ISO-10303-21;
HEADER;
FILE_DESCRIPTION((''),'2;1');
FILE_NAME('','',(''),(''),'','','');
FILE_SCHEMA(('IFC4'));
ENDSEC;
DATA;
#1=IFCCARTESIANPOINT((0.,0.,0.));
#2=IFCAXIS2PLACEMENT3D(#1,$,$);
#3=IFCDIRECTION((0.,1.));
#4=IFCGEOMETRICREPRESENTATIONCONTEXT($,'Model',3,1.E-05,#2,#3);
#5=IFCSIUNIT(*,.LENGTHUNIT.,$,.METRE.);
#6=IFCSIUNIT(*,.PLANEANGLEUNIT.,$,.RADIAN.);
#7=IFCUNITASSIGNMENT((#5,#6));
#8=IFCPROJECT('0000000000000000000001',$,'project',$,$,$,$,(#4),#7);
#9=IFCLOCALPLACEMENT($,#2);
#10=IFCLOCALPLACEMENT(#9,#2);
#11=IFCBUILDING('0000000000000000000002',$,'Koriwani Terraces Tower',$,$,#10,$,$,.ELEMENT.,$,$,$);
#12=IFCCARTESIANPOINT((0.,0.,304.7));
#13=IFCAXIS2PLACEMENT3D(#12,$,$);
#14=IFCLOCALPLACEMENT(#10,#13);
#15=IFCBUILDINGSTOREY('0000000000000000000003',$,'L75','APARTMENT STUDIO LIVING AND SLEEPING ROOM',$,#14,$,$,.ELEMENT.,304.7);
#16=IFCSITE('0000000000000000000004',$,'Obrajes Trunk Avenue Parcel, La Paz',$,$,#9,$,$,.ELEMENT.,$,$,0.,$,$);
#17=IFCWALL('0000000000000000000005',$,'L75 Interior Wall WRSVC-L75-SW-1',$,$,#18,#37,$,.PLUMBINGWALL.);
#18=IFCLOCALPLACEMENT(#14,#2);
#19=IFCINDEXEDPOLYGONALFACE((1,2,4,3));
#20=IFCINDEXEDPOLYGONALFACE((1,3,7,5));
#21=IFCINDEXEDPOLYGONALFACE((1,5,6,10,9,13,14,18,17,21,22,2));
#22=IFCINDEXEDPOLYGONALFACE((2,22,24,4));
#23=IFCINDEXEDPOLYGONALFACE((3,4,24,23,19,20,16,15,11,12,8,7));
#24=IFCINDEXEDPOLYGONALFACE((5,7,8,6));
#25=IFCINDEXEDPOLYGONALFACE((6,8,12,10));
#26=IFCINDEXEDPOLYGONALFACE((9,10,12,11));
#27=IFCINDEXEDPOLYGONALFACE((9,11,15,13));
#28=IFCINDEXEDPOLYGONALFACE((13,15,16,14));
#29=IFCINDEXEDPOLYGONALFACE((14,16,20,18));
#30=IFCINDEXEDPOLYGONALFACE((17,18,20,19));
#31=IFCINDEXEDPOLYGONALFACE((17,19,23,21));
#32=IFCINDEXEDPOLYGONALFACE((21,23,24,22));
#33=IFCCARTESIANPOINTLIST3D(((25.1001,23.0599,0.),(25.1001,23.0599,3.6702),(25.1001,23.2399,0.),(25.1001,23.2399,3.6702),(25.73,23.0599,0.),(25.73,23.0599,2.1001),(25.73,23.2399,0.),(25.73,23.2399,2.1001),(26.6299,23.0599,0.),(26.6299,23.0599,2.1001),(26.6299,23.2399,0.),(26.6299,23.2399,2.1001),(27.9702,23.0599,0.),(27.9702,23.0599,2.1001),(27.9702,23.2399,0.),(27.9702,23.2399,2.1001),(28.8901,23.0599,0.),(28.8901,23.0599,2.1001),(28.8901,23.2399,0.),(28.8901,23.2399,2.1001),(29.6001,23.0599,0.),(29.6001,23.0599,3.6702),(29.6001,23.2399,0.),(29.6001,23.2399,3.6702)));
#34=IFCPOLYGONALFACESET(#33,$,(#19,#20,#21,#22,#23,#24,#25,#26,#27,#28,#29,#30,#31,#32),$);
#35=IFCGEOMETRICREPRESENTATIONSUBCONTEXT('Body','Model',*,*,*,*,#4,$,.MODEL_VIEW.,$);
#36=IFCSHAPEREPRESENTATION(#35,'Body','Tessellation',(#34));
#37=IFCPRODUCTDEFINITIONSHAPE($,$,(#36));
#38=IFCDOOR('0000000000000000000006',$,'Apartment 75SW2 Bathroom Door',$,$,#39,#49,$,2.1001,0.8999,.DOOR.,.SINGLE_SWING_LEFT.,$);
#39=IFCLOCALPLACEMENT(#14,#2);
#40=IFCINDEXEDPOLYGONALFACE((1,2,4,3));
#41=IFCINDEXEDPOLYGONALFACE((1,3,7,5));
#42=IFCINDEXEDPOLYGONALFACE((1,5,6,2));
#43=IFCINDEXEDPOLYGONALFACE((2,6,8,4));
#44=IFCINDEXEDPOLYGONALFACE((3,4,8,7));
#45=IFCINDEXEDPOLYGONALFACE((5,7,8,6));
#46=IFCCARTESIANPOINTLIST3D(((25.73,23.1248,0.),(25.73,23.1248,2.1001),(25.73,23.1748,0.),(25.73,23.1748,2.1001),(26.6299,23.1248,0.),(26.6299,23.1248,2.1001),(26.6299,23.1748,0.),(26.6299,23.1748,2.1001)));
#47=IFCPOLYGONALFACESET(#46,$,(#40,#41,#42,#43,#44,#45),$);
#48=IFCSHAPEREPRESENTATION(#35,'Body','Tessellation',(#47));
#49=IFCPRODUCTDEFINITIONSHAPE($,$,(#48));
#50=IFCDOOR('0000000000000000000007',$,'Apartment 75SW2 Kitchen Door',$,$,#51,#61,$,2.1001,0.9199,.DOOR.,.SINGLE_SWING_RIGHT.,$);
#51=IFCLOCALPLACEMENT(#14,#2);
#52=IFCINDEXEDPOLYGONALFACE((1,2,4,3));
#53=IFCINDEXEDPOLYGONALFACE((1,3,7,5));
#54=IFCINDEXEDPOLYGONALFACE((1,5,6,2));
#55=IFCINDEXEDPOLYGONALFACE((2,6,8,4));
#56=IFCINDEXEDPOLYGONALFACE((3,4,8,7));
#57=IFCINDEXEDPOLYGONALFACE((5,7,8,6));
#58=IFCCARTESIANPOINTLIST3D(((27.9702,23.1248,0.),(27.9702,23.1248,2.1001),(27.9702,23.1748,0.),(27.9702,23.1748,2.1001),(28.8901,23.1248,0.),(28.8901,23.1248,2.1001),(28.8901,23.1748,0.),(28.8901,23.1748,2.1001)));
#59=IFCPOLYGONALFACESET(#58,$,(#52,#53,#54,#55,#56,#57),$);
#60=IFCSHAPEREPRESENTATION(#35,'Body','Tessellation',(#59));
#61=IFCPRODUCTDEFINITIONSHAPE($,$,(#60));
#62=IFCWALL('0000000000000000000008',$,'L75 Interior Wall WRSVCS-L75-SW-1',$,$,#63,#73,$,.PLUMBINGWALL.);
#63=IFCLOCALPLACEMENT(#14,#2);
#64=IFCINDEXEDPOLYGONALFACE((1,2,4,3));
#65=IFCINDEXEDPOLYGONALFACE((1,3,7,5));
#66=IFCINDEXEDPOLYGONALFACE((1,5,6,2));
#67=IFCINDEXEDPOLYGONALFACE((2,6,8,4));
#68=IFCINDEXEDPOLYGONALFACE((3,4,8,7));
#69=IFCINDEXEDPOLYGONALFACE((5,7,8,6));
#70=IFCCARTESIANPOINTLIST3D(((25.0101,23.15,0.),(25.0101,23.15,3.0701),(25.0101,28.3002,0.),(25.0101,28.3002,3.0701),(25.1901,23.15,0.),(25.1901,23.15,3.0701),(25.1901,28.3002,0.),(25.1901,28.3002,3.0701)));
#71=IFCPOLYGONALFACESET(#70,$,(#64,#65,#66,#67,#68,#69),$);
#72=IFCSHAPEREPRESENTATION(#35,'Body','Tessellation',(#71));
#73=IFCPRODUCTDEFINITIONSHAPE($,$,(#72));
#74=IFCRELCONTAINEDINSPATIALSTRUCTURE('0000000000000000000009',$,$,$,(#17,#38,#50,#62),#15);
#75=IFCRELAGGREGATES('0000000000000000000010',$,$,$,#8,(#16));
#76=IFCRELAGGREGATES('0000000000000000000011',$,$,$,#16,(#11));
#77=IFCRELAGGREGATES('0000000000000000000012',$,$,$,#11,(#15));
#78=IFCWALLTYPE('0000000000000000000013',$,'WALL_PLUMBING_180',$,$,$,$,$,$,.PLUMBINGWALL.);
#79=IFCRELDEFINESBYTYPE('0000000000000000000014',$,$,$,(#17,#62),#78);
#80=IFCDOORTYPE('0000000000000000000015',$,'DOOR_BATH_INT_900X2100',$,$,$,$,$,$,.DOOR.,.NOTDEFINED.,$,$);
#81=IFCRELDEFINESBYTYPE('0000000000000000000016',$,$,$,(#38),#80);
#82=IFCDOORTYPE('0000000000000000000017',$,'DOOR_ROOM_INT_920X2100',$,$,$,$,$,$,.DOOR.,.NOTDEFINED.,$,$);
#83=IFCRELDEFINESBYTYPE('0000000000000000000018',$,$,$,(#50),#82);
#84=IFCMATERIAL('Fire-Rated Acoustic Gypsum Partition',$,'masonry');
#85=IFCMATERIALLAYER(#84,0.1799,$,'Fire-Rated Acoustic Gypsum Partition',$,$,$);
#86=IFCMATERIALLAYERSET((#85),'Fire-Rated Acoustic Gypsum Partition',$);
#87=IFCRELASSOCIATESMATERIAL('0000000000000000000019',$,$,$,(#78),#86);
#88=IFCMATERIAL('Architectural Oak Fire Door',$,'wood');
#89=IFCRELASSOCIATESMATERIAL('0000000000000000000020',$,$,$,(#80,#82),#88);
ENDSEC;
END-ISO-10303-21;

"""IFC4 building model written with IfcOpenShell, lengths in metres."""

from ifc_helpers import new_model, si_unit, direction, frame, frame_2d, origin, place, context, subcontext, project, spatial, rectangle, extrude, material, layer, layer_set, type_object, element, fill, save


model = new_model("IFC4")

# Units and contexts
model_context = context("Model", 3, precision=1e-05, world=origin(), true_north=direction((0.0, 1.0)))
body_context = subcontext(model_context, "Body", "Model", "MODEL_VIEW")
ifc_project = project(units=[si_unit("LENGTHUNIT", "METRE"), si_unit("PLANEANGLEUNIT", "RADIAN")], contexts=[model_context])

# Site, building, storey
site_placement = place(None, origin())
site = spatial("IfcSite", under=ifc_project, at=site_placement, Name="Obrajes Trunk Avenue Parcel, La Paz", CompositionType="ELEMENT", RefElevation=0.0)
building_placement = place(site_placement, origin())
building = spatial("IfcBuilding", under=site, at=building_placement, Name="Koriwani Terraces Tower", CompositionType="ELEMENT")
storey_placement = place(building_placement, frame((0.0, 0.0, 304.7)))
storey = spatial("IfcBuildingStorey", under=building, at=storey_placement, Name="L75", Description="APARTMENT STUDIO LIVING AND SLEEPING ROOM", CompositionType="ELEMENT", Elevation=304.7)

# Shared definitions
ifc_material_1 = material(Name="Fire-Rated Acoustic Gypsum Partition", Category="masonry")
ifc_layer_1 = layer(ifc_material_1, 0.1799, Name="Fire-Rated Acoustic Gypsum Partition")
ifc_layer_set_1 = layer_set([ifc_layer_1], Name="Fire-Rated Acoustic Gypsum Partition")
wall_type_1 = type_object("IfcWallType", Name="WALL_PLUMBING_180", PredefinedType="PLUMBINGWALL", material=ifc_layer_set_1)
ifc_material_2 = material(Name="Architectural Oak Fire Door", Category="wood")
door_type_1 = type_object("IfcDoorType", Name="DOOR_BATH_INT_900X2100", OperationType="NOTDEFINED", PredefinedType="DOOR", material=ifc_material_2)
door_type_2 = type_object("IfcDoorType", Name="DOOR_ROOM_INT_920X2100", OperationType="NOTDEFINED", PredefinedType="DOOR", material=ifc_material_2)

# Wall, openings, doors
wall_1_placement = place(storey_placement, frame((25.1001, 23.1499, 0.0), z_axis=(0.0, 0.0, 1.0), x_axis=(1.0, 0.0, 0.0)))
wall_1 = element("IfcWall", 1, at=wall_1_placement, inside=storey, type_object=wall_type_1, Name="L75 Interior Wall WRSVC-L75-SW-1", PredefinedType="PLUMBINGWALL", context=body_context, shape_type="SweptSolid", body=[
    extrude(rectangle(XDim=4.5, YDim=0.1799, at=frame_2d((2.25, 0.0))), origin(), (0.0, 0.0, 1.0), 3.6702),
])
opening_1_placement = place(wall_1_placement, frame((0.6299, 0.0, 0.0)))
opening_1 = element("IfcOpeningElement", 2, at=opening_1_placement, cuts=wall_1, PredefinedType="OPENING", context=body_context, shape_type="SweptSolid", body=[
    extrude(rectangle(XDim=0.8999, YDim=2.1001, at=frame_2d((0.45, 1.05))), frame((0.0, 0.1001, 0.0), z_axis=(0.0, -1.0, 0.0), x_axis=(1.0, 0.0, 0.0)), (0.0, 0.0, 1.0), 0.2),
])
opening_2_placement = place(wall_1_placement, frame((2.8701, 0.0, 0.0)))
opening_2 = element("IfcOpeningElement", 3, at=opening_2_placement, cuts=wall_1, PredefinedType="OPENING", context=body_context, shape_type="SweptSolid", body=[
    extrude(rectangle(XDim=0.9199, YDim=2.1001, at=frame_2d((0.46, 1.05))), frame((0.0, 0.1001, 0.0), z_axis=(0.0, -1.0, 0.0), x_axis=(1.0, 0.0, 0.0)), (0.0, 0.0, 1.0), 0.2),
])
door_1_placement = place(opening_1_placement, origin())
door_1 = element("IfcDoor", 4, at=door_1_placement, inside=storey, type_object=door_type_1, Name="Apartment 75SW2 Bathroom Door", OperationType="SINGLE_SWING_LEFT", OverallHeight=2.1001, OverallWidth=0.8999, PredefinedType="DOOR", context=body_context, shape_type="SweptSolid", body=[
    extrude(rectangle(XDim=0.8999, YDim=2.1001, at=frame_2d((0.45, 1.05))), frame((0.0, 0.0249, 0.0), z_axis=(0.0, -1.0, 0.0), x_axis=(1.0, 0.0, 0.0)), (0.0, 0.0, 1.0), 0.05),
])
fill(opening_1, door_1)
door_2_placement = place(opening_2_placement, origin())
door_2 = element("IfcDoor", 5, at=door_2_placement, inside=storey, type_object=door_type_2, Name="Apartment 75SW2 Kitchen Door", OperationType="SINGLE_SWING_RIGHT", OverallHeight=2.1001, OverallWidth=0.9199, PredefinedType="DOOR", context=body_context, shape_type="SweptSolid", body=[
    extrude(rectangle(XDim=0.9199, YDim=2.1001, at=frame_2d((0.46, 1.05))), frame((0.0, 0.0249, 0.0), z_axis=(0.0, -1.0, 0.0), x_axis=(1.0, 0.0, 0.0)), (0.0, 0.0, 1.0), 0.05),
])
fill(opening_2, door_2)

# Wall
wall_2_placement = place(storey_placement, frame((25.1001, 23.1499, 0.0), z_axis=(0.0, 0.0, 1.0), x_axis=(0.0, 1.0, 0.0)))
element("IfcWall", 6, at=wall_2_placement, inside=storey, type_object=wall_type_1, Name="L75 Interior Wall WRSVCS-L75-SW-1", PredefinedType="PLUMBINGWALL", context=body_context, shape_type="SweptSolid", body=[
    extrude(rectangle(XDim=5.1501, YDim=0.1799, at=frame_2d((2.5752, 0.0))), origin(), (0.0, 0.0, 1.0), 3.0701),
])

save(model, "model.ifc")
